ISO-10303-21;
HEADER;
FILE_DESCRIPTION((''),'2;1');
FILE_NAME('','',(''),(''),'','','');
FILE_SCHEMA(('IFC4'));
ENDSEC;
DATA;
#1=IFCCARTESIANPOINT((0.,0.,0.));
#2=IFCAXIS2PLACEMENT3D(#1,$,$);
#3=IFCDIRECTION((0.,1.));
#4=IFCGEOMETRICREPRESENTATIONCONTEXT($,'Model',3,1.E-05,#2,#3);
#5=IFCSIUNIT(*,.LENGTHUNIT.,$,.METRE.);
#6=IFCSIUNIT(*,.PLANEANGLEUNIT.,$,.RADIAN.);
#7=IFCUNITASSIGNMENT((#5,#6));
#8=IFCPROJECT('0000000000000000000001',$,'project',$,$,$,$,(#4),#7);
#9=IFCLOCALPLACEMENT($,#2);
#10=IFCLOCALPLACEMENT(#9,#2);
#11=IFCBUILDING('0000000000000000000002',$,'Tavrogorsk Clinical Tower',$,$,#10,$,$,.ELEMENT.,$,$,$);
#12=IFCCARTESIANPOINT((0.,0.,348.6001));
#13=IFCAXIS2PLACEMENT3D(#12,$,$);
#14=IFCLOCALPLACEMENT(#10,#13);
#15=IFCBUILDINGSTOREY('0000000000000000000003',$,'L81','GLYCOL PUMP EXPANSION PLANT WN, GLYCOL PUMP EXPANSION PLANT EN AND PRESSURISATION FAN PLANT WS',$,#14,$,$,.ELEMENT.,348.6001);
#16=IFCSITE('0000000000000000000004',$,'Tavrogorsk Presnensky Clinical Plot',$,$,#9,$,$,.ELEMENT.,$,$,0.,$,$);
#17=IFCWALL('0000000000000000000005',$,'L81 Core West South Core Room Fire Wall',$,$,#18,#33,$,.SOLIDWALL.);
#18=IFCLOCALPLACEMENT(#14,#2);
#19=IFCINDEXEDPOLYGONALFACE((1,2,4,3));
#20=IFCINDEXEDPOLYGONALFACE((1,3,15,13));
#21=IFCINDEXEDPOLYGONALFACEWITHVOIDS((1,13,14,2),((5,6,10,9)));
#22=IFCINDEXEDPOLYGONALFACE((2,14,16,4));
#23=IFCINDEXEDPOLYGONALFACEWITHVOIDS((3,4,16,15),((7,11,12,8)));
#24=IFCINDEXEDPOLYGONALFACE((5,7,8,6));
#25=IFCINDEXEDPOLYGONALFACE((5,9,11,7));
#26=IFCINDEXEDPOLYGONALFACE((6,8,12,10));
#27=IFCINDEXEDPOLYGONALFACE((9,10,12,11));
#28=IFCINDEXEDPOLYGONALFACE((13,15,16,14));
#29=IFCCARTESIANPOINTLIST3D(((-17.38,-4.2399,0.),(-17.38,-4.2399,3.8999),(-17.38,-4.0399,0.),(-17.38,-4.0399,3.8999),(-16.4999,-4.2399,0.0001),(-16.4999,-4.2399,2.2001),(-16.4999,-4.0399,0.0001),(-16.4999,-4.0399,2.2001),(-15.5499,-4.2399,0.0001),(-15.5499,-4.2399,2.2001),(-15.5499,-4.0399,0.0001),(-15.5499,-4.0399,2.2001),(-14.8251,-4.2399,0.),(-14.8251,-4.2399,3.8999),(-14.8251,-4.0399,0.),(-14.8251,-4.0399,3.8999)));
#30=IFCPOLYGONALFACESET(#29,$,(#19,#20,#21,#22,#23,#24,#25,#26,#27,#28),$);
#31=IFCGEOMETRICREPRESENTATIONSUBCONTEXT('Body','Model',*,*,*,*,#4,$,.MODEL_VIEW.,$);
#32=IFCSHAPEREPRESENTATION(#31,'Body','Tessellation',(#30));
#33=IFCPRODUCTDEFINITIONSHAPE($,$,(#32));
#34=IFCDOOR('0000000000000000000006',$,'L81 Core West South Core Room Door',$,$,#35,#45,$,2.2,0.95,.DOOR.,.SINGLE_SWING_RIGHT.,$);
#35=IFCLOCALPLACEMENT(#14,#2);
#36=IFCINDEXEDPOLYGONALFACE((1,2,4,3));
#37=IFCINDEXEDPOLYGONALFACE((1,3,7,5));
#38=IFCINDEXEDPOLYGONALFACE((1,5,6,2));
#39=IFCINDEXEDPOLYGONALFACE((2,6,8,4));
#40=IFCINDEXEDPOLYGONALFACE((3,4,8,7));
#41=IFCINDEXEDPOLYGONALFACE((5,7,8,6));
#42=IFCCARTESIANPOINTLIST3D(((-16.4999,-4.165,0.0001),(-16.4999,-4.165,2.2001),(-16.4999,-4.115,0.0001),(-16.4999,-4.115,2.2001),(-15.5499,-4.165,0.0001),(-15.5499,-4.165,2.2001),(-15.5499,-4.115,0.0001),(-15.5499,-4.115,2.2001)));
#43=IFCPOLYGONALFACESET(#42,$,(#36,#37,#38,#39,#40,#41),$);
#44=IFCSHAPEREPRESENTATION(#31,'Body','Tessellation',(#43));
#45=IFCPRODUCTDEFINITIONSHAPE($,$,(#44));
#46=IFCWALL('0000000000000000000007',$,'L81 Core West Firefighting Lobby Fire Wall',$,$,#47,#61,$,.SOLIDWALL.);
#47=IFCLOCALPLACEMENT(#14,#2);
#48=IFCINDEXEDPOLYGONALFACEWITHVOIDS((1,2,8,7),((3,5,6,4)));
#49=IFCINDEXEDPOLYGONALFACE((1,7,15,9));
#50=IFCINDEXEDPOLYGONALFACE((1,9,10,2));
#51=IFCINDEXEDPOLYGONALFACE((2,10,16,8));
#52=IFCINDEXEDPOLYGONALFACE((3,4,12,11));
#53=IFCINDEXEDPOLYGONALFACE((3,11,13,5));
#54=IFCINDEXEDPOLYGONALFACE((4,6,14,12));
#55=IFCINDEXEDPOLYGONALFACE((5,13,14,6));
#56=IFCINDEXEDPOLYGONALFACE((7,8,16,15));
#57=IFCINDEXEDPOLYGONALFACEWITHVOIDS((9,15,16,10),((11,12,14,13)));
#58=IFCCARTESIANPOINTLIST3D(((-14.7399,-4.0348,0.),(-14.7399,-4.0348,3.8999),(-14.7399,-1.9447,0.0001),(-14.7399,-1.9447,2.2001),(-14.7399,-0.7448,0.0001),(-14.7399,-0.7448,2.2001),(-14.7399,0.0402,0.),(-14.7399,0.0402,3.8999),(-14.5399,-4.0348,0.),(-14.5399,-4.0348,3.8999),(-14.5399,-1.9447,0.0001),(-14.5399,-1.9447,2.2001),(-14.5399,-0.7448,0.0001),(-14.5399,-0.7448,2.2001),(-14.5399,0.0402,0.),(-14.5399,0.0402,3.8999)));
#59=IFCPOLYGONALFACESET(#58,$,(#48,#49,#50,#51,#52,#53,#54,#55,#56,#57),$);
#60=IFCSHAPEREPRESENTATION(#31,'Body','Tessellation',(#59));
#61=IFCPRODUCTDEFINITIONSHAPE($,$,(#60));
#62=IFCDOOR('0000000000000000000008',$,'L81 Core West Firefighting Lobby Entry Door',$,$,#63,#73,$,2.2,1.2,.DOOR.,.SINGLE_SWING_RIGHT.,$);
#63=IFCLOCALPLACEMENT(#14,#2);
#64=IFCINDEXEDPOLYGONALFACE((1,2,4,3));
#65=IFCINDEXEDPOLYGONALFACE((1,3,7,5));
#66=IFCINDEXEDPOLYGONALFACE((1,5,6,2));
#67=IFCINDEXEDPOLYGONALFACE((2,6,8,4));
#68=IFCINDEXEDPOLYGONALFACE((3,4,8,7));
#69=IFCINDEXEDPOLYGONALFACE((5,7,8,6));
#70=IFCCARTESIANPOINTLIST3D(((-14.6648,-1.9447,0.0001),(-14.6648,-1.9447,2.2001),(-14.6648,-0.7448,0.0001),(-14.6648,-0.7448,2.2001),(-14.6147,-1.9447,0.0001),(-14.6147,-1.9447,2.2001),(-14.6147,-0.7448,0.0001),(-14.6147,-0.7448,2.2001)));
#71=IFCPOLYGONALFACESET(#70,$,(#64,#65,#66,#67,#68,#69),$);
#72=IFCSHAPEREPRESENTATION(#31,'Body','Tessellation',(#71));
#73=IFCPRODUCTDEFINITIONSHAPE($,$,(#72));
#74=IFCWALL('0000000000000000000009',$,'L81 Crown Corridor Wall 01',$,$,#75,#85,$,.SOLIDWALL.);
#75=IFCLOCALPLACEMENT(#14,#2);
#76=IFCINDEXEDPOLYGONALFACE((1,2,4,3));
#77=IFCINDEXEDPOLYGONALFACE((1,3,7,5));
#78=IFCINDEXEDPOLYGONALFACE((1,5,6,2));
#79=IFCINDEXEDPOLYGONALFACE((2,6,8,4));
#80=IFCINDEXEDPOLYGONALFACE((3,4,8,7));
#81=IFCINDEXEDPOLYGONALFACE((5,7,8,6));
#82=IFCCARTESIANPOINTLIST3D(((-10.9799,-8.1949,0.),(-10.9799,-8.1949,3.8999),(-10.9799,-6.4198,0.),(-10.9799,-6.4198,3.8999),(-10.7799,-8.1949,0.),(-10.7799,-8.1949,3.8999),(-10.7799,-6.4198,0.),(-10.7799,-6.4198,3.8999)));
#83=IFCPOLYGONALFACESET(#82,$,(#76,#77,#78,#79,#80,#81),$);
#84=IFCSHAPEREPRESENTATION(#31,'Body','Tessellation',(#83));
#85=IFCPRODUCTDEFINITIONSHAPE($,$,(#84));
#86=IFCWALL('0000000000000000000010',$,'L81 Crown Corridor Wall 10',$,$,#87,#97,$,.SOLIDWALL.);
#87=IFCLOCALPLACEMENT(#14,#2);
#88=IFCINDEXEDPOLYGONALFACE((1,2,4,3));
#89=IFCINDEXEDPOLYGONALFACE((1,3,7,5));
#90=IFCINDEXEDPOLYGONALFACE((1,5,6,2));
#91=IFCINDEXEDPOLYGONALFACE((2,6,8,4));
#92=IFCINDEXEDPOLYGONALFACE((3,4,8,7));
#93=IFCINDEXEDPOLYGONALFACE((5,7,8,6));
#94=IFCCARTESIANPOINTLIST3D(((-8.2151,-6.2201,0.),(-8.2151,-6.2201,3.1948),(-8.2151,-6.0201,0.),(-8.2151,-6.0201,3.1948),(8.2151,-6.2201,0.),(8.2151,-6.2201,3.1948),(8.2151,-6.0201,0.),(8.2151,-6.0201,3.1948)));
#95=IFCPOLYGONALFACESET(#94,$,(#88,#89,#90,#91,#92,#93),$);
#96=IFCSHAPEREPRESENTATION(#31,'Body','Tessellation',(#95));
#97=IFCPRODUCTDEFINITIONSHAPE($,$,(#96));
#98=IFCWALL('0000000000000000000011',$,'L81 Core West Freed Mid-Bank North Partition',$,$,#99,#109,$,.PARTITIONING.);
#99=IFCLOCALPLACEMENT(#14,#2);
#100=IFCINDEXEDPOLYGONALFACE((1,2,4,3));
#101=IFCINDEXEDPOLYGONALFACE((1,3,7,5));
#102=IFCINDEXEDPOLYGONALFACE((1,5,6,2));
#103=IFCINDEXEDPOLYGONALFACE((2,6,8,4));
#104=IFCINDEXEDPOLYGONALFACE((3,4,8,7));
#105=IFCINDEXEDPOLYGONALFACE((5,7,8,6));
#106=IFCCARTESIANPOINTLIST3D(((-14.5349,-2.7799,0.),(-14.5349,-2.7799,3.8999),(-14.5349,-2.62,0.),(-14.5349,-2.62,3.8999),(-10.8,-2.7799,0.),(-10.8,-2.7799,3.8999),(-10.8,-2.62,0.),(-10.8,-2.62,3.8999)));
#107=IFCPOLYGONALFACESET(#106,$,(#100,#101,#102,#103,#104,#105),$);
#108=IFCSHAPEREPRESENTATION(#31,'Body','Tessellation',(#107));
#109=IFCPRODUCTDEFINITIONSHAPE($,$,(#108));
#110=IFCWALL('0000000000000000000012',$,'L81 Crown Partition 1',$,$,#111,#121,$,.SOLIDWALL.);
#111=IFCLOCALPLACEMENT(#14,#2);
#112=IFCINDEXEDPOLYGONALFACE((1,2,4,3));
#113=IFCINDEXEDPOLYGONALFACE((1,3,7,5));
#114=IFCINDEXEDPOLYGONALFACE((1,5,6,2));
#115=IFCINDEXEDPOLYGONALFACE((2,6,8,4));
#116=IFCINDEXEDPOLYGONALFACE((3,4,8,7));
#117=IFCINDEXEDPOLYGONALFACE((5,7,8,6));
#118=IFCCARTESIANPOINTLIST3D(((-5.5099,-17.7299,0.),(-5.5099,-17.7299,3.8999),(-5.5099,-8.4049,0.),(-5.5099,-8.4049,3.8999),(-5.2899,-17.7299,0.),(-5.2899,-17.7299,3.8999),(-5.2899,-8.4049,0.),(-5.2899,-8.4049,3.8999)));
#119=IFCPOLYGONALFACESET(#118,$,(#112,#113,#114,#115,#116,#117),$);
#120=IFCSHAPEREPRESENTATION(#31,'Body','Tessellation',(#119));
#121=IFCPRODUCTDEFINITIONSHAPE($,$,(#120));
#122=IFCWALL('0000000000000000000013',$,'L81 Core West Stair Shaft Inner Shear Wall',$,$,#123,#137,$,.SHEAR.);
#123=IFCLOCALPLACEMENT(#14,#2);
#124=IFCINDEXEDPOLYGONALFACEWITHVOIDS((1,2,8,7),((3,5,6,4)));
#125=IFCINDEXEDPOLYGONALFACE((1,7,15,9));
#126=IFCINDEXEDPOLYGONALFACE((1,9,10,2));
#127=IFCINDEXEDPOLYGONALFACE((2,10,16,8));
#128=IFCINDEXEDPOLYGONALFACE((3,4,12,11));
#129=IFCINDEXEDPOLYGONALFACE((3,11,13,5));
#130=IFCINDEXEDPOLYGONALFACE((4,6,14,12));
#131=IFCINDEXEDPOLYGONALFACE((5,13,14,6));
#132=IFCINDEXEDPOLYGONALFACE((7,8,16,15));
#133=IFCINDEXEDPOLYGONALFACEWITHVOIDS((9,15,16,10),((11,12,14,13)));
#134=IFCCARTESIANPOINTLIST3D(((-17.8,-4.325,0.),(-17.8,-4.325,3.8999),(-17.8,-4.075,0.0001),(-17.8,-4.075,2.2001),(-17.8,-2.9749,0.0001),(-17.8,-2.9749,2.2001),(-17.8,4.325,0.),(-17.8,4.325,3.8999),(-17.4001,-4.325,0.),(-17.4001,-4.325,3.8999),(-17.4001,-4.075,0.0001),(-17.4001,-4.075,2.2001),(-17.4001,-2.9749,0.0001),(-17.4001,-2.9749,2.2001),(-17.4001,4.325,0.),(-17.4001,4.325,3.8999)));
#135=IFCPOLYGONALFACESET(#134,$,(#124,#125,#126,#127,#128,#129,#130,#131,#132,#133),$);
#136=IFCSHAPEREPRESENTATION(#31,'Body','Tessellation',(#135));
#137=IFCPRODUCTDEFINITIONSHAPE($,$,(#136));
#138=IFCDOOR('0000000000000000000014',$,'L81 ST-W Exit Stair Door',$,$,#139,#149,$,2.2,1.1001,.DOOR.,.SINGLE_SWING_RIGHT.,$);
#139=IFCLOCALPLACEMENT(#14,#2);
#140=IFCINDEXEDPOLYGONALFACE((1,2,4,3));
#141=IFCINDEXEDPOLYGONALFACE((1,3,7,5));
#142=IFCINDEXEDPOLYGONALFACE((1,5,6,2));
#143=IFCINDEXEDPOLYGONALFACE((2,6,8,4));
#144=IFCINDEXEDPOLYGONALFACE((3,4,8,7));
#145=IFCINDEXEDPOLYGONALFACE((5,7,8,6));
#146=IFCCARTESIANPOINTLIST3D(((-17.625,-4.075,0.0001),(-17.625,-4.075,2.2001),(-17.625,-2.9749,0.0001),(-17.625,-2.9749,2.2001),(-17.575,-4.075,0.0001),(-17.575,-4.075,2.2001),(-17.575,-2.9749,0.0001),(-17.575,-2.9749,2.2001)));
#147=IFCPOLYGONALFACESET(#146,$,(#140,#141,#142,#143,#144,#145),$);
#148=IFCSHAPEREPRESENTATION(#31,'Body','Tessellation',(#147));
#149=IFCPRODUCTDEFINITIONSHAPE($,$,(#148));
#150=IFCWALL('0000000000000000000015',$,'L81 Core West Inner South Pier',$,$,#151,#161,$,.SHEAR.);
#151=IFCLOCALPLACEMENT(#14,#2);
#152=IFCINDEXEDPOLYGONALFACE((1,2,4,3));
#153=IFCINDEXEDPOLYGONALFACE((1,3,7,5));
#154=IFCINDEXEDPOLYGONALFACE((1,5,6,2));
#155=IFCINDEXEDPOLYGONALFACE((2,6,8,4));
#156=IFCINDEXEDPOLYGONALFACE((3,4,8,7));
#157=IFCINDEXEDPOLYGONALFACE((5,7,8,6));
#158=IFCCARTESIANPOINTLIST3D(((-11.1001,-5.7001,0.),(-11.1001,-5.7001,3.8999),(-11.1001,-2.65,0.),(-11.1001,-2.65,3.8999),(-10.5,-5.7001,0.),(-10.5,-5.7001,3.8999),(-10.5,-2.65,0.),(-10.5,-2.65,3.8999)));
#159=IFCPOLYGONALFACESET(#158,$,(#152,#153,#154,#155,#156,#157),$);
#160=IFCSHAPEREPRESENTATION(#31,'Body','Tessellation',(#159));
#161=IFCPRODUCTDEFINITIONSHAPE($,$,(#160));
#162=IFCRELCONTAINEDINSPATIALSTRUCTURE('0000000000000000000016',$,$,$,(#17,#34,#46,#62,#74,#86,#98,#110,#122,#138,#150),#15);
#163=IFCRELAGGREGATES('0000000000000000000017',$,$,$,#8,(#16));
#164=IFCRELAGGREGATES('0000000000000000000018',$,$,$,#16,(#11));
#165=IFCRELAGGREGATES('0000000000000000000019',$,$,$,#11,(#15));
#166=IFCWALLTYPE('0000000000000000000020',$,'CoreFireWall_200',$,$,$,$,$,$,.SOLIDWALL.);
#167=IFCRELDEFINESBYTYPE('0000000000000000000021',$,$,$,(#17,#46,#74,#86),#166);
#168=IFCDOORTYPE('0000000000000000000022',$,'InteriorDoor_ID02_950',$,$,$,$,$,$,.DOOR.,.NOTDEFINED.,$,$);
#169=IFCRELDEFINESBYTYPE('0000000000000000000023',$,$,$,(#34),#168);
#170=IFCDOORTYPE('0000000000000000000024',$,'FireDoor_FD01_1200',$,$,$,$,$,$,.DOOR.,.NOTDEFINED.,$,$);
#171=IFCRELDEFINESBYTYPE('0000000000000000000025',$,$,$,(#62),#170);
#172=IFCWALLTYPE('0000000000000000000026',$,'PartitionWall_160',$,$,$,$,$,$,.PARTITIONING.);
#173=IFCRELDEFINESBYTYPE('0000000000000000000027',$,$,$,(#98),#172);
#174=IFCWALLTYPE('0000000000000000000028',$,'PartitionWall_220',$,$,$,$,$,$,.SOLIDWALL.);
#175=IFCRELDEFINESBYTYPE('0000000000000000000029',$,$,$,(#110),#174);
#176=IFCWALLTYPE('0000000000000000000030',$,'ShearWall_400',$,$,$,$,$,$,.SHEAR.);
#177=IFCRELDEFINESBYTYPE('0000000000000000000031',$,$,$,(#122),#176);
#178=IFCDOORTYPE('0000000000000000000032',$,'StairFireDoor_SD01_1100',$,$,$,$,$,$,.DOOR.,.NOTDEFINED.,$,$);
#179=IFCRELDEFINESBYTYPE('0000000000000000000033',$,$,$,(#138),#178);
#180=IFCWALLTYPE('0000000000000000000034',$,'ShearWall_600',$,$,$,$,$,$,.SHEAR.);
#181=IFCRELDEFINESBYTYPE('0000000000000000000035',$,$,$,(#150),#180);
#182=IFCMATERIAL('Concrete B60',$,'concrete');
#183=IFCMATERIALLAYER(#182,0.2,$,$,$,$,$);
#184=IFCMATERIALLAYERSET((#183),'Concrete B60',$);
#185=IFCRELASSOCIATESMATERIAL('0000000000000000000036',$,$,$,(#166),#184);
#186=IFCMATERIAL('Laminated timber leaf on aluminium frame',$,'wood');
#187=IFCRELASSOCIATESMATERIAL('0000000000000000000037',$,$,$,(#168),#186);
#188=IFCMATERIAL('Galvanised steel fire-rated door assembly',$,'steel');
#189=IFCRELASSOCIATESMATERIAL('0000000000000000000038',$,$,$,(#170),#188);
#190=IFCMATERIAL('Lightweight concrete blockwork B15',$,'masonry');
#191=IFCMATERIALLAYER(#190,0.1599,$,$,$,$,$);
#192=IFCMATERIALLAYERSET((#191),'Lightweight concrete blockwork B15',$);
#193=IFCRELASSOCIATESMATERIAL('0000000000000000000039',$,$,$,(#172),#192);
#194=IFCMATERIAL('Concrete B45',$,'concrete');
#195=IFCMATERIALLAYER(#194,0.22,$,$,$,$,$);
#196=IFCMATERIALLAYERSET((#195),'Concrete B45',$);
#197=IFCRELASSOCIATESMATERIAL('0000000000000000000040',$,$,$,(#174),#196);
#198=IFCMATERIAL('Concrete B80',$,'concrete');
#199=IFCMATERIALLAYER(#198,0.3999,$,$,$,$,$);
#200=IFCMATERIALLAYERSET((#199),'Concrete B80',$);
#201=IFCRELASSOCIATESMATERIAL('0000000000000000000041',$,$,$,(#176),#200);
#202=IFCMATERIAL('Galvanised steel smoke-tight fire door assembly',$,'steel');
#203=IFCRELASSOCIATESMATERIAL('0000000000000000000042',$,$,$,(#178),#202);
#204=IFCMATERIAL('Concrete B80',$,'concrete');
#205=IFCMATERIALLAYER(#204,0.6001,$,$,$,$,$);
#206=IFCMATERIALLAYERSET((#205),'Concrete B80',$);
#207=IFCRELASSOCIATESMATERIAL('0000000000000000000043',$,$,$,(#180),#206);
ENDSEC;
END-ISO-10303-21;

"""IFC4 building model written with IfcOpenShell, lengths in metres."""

from ifc_helpers import new_model, si_unit, direction, frame, frame_2d, origin, place, context, subcontext, project, spatial, rectangle, extrude, material, layer, layer_set, type_object, element, fill, save


model = new_model("IFC4")

# Units and contexts
model_context = context("Model", 3, precision=1e-05, world=origin(), true_north=direction((0.0, 1.0)))
body_context = subcontext(model_context, "Body", "Model", "MODEL_VIEW")
ifc_project = project(units=[si_unit("LENGTHUNIT", "METRE"), si_unit("PLANEANGLEUNIT", "RADIAN")], contexts=[model_context])

# Site, building, storey
site_placement = place(None, origin())
site = spatial("IfcSite", under=ifc_project, at=site_placement, Name="Tavrogorsk Presnensky Clinical Plot", CompositionType="ELEMENT", RefElevation=0.0)
building_placement = place(site_placement, origin())
building = spatial("IfcBuilding", under=site, at=building_placement, Name="Tavrogorsk Clinical Tower", CompositionType="ELEMENT")
storey_placement = place(building_placement, frame((0.0, 0.0, 348.6001)))
storey = spatial("IfcBuildingStorey", under=building, at=storey_placement, Name="L81", Description="GLYCOL PUMP EXPANSION PLANT WN, GLYCOL PUMP EXPANSION PLANT EN AND PRESSURISATION FAN PLANT WS", CompositionType="ELEMENT", Elevation=348.6001)

# Walls, openings, doors
ifc_material_1 = material(Name="Concrete B60", Category="concrete")
ifc_layer_1 = layer(ifc_material_1, 0.2)
ifc_layer_set_1 = layer_set([ifc_layer_1], Name="Concrete B60")
wall_type_1 = type_object("IfcWallType", Name="CoreFireWall_200", PredefinedType="SOLIDWALL", material=ifc_layer_set_1)
wall_1_placement = place(storey_placement, frame((-17.3799, -4.1399, 0.0), z_axis=(0.0, 0.0, 1.0), x_axis=(1.0, 0.0, 0.0)))
wall_1 = element("IfcWall", 1, at=wall_1_placement, inside=storey, type_object=wall_type_1, Name="L81 Core West South Core Room Fire Wall", PredefinedType="SOLIDWALL", context=body_context, shape_type="SweptSolid", body=[
    extrude(rectangle(XDim=2.5549, YDim=0.2, at=frame_2d((1.2773, 0.0))), origin(), (0.0, 0.0, 1.0), 3.8999),
])
opening_1_placement = place(wall_1_placement, frame((0.8799, 0.0, 0.0)))
opening_1 = element("IfcOpeningElement", 2, at=opening_1_placement, cuts=wall_1, PredefinedType="OPENING", context=body_context, shape_type="SweptSolid", body=[
    extrude(rectangle(XDim=0.95, YDim=2.2, at=frame_2d((0.4751, 1.1001))), frame((0.0, 0.1099, 0.0), z_axis=(0.0, -1.0, 0.0), x_axis=(1.0, 0.0, 0.0)), (0.0, 0.0, 1.0), 0.22),
])
ifc_material_2 = material(Name="Laminated timber leaf on aluminium frame", Category="wood")
door_type_1 = type_object("IfcDoorType", Name="InteriorDoor_ID02_950", OperationType="NOTDEFINED", PredefinedType="DOOR", material=ifc_material_2)
door_1_placement = place(opening_1_placement, origin())
door_1 = element("IfcDoor", 3, at=door_1_placement, inside=storey, type_object=door_type_1, Name="L81 Core West South Core Room Door", OperationType="SINGLE_SWING_RIGHT", OverallHeight=2.2, OverallWidth=0.95, PredefinedType="DOOR", context=body_context, shape_type="SweptSolid", body=[
    extrude(rectangle(XDim=0.95, YDim=2.2, at=frame_2d((0.4751, 1.1001))), frame((0.0, 0.0249, 0.0), z_axis=(0.0, -1.0, 0.0), x_axis=(1.0, 0.0, 0.0)), (0.0, 0.0, 1.0), 0.05),
])
fill(opening_1, door_1)
wall_2_placement = place(storey_placement, frame((-14.6399, -4.0349, 0.0), z_axis=(0.0, 0.0, 1.0), x_axis=(0.0, 1.0, 0.0)))
wall_2 = element("IfcWall", 4, at=wall_2_placement, inside=storey, type_object=wall_type_1, Name="L81 Core West Firefighting Lobby Fire Wall", PredefinedType="SOLIDWALL", context=body_context, shape_type="SweptSolid", body=[
    extrude(rectangle(XDim=4.075, YDim=0.2, at=frame_2d((2.0376, 0.0))), origin(), (0.0, 0.0, 1.0), 3.8999),
])
opening_2_placement = place(wall_2_placement, frame((2.0901, 0.0, 0.0)))
opening_2 = element("IfcOpeningElement", 5, at=opening_2_placement, cuts=wall_2, PredefinedType="OPENING", context=body_context, shape_type="SweptSolid", body=[
    extrude(rectangle(XDim=1.2, YDim=2.2, at=frame_2d((0.6001, 1.1001))), frame((0.0, 0.1099, 0.0), z_axis=(0.0, -1.0, 0.0), x_axis=(1.0, 0.0, 0.0)), (0.0, 0.0, 1.0), 0.22),
])
ifc_material_3 = material(Name="Galvanised steel fire-rated door assembly", Category="steel")
door_type_2 = type_object("IfcDoorType", Name="FireDoor_FD01_1200", OperationType="NOTDEFINED", PredefinedType="DOOR", material=ifc_material_3)
door_2_placement = place(opening_2_placement, origin())
door_2 = element("IfcDoor", 6, at=door_2_placement, inside=storey, type_object=door_type_2, Name="L81 Core West Firefighting Lobby Entry Door", OperationType="SINGLE_SWING_RIGHT", OverallHeight=2.2, OverallWidth=1.2, PredefinedType="DOOR", context=body_context, shape_type="SweptSolid", body=[
    extrude(rectangle(XDim=1.2, YDim=2.2, at=frame_2d((0.6001, 1.1001))), frame((0.0, 0.0249, 0.0), z_axis=(0.0, -1.0, 0.0), x_axis=(1.0, 0.0, 0.0)), (0.0, 0.0, 1.0), 0.05),
])
fill(opening_2, door_2)

# Walls
wall_3_placement = place(storey_placement, frame((-10.8799, -8.1951, 0.0), z_axis=(0.0, 0.0, 1.0), x_axis=(0.0, 1.0, 0.0)))
element("IfcWall", 7, at=wall_3_placement, inside=storey, type_object=wall_type_1, Name="L81 Crown Corridor Wall 01", PredefinedType="SOLIDWALL", context=body_context, shape_type="SweptSolid", body=[
    extrude(rectangle(XDim=1.7751, YDim=0.2, at=frame_2d((0.8877, 0.0))), origin(), (0.0, 0.0, 1.0), 3.8999),
])
wall_4_placement = place(storey_placement, frame((-8.2151, -6.1201, 0.0), z_axis=(0.0, 0.0, 1.0), x_axis=(1.0, 0.0, 0.0)))
element("IfcWall", 8, at=wall_4_placement, inside=storey, type_object=wall_type_1, Name="L81 Crown Corridor Wall 10", PredefinedType="SOLIDWALL", context=body_context, shape_type="SweptSolid", body=[
    extrude(rectangle(XDim=16.4302, YDim=0.2, at=frame_2d((8.2151, 0.0))), origin(), (0.0, 0.0, 1.0), 3.1948),
])
ifc_material_4 = material(Name="Lightweight concrete blockwork B15", Category="masonry")
ifc_layer_2 = layer(ifc_material_4, 0.1599)
ifc_layer_set_2 = layer_set([ifc_layer_2], Name="Lightweight concrete blockwork B15")
wall_type_2 = type_object("IfcWallType", Name="PartitionWall_160", PredefinedType="PARTITIONING", material=ifc_layer_set_2)
wall_5_placement = place(storey_placement, frame((-14.5349, -2.7, 0.0), z_axis=(0.0, 0.0, 1.0), x_axis=(1.0, 0.0, 0.0)))
element("IfcWall", 9, at=wall_5_placement, inside=storey, type_object=wall_type_2, Name="L81 Core West Freed Mid-Bank North Partition", PredefinedType="PARTITIONING", context=body_context, shape_type="SweptSolid", body=[
    extrude(rectangle(XDim=3.7349, YDim=0.1599, at=frame_2d((1.8674, 0.0))), origin(), (0.0, 0.0, 1.0), 3.8999),
])
ifc_material_5 = material(Name="Concrete B45", Category="concrete")
ifc_layer_3 = layer(ifc_material_5, 0.22)
ifc_layer_set_3 = layer_set([ifc_layer_3], Name="Concrete B45")
wall_type_3 = type_object("IfcWallType", Name="PartitionWall_220", PredefinedType="SOLIDWALL", material=ifc_layer_set_3)
wall_6_placement = place(storey_placement, frame((-5.3999, -17.73, 0.0), z_axis=(0.0, 0.0, 1.0), x_axis=(0.0, 1.0, 0.0)))
element("IfcWall", 10, at=wall_6_placement, inside=storey, type_object=wall_type_3, Name="L81 Crown Partition 1", PredefinedType="SOLIDWALL", context=body_context, shape_type="SweptSolid", body=[
    extrude(rectangle(XDim=9.325, YDim=0.22, at=frame_2d((4.6626, 0.0))), origin(), (0.0, 0.0, 1.0), 3.8999),
])

# Wall, opening, door
ifc_material_6 = material(Name="Concrete B80", Category="concrete")
ifc_layer_4 = layer(ifc_material_6, 0.3999)
ifc_layer_set_4 = layer_set([ifc_layer_4], Name="Concrete B80")
wall_type_4 = type_object("IfcWallType", Name="ShearWall_400", PredefinedType="SHEAR", material=ifc_layer_set_4)
wall_7_placement = place(storey_placement, frame((-17.6001, -4.325, 0.0), z_axis=(0.0, 0.0, 1.0), x_axis=(0.0, 1.0, 0.0)))
wall_7 = element("IfcWall", 11, at=wall_7_placement, inside=storey, type_object=wall_type_4, Name="L81 Core West Stair Shaft Inner Shear Wall", PredefinedType="SHEAR", context=body_context, shape_type="SweptSolid", body=[
    extrude(rectangle(XDim=8.6499, YDim=0.3999, at=frame_2d((4.325, 0.0))), origin(), (0.0, 0.0, 1.0), 3.8999),
])
opening_3_placement = place(wall_7_placement, frame((0.25, 0.0, 0.0)))
opening_3 = element("IfcOpeningElement", 12, at=opening_3_placement, cuts=wall_7, PredefinedType="OPENING", context=body_context, shape_type="SweptSolid", body=[
    extrude(rectangle(XDim=1.1001, YDim=2.2, at=frame_2d((0.55, 1.1001))), frame((0.0, 0.21, 0.0), z_axis=(0.0, -1.0, 0.0), x_axis=(1.0, 0.0, 0.0)), (0.0, 0.0, 1.0), 0.4199),
])
ifc_material_7 = material(Name="Galvanised steel smoke-tight fire door assembly", Category="steel")
door_type_3 = type_object("IfcDoorType", Name="StairFireDoor_SD01_1100", OperationType="NOTDEFINED", PredefinedType="DOOR", material=ifc_material_7)
door_3_placement = place(opening_3_placement, origin())
door_3 = element("IfcDoor", 13, at=door_3_placement, inside=storey, type_object=door_type_3, Name="L81 ST-W Exit Stair Door", OperationType="SINGLE_SWING_RIGHT", OverallHeight=2.2, OverallWidth=1.1001, PredefinedType="DOOR", context=body_context, shape_type="SweptSolid", body=[
    extrude(rectangle(XDim=1.1001, YDim=2.2, at=frame_2d((0.55, 1.1001))), frame((0.0, 0.0249, 0.0), z_axis=(0.0, -1.0, 0.0), x_axis=(1.0, 0.0, 0.0)), (0.0, 0.0, 1.0), 0.05),
])
fill(opening_3, door_3)

# Wall
ifc_material_8 = material(Name="Concrete B80", Category="concrete")
ifc_layer_5 = layer(ifc_material_8, 0.6001)
ifc_layer_set_5 = layer_set([ifc_layer_5], Name="Concrete B80")
wall_type_5 = type_object("IfcWallType", Name="ShearWall_600", PredefinedType="SHEAR", material=ifc_layer_set_5)
wall_8_placement = place(storey_placement, frame((-10.8, -5.7, 0.0), z_axis=(0.0, 0.0, 1.0), x_axis=(0.0, 1.0, 0.0)))
element("IfcWall", 14, at=wall_8_placement, inside=storey, type_object=wall_type_5, Name="L81 Core West Inner South Pier", PredefinedType="SHEAR", context=body_context, shape_type="SweptSolid", body=[
    extrude(rectangle(XDim=3.05, YDim=0.6001, at=frame_2d((1.5249, 0.0))), origin(), (0.0, 0.0, 1.0), 3.8999),
])

save(model, "model.ifc")
